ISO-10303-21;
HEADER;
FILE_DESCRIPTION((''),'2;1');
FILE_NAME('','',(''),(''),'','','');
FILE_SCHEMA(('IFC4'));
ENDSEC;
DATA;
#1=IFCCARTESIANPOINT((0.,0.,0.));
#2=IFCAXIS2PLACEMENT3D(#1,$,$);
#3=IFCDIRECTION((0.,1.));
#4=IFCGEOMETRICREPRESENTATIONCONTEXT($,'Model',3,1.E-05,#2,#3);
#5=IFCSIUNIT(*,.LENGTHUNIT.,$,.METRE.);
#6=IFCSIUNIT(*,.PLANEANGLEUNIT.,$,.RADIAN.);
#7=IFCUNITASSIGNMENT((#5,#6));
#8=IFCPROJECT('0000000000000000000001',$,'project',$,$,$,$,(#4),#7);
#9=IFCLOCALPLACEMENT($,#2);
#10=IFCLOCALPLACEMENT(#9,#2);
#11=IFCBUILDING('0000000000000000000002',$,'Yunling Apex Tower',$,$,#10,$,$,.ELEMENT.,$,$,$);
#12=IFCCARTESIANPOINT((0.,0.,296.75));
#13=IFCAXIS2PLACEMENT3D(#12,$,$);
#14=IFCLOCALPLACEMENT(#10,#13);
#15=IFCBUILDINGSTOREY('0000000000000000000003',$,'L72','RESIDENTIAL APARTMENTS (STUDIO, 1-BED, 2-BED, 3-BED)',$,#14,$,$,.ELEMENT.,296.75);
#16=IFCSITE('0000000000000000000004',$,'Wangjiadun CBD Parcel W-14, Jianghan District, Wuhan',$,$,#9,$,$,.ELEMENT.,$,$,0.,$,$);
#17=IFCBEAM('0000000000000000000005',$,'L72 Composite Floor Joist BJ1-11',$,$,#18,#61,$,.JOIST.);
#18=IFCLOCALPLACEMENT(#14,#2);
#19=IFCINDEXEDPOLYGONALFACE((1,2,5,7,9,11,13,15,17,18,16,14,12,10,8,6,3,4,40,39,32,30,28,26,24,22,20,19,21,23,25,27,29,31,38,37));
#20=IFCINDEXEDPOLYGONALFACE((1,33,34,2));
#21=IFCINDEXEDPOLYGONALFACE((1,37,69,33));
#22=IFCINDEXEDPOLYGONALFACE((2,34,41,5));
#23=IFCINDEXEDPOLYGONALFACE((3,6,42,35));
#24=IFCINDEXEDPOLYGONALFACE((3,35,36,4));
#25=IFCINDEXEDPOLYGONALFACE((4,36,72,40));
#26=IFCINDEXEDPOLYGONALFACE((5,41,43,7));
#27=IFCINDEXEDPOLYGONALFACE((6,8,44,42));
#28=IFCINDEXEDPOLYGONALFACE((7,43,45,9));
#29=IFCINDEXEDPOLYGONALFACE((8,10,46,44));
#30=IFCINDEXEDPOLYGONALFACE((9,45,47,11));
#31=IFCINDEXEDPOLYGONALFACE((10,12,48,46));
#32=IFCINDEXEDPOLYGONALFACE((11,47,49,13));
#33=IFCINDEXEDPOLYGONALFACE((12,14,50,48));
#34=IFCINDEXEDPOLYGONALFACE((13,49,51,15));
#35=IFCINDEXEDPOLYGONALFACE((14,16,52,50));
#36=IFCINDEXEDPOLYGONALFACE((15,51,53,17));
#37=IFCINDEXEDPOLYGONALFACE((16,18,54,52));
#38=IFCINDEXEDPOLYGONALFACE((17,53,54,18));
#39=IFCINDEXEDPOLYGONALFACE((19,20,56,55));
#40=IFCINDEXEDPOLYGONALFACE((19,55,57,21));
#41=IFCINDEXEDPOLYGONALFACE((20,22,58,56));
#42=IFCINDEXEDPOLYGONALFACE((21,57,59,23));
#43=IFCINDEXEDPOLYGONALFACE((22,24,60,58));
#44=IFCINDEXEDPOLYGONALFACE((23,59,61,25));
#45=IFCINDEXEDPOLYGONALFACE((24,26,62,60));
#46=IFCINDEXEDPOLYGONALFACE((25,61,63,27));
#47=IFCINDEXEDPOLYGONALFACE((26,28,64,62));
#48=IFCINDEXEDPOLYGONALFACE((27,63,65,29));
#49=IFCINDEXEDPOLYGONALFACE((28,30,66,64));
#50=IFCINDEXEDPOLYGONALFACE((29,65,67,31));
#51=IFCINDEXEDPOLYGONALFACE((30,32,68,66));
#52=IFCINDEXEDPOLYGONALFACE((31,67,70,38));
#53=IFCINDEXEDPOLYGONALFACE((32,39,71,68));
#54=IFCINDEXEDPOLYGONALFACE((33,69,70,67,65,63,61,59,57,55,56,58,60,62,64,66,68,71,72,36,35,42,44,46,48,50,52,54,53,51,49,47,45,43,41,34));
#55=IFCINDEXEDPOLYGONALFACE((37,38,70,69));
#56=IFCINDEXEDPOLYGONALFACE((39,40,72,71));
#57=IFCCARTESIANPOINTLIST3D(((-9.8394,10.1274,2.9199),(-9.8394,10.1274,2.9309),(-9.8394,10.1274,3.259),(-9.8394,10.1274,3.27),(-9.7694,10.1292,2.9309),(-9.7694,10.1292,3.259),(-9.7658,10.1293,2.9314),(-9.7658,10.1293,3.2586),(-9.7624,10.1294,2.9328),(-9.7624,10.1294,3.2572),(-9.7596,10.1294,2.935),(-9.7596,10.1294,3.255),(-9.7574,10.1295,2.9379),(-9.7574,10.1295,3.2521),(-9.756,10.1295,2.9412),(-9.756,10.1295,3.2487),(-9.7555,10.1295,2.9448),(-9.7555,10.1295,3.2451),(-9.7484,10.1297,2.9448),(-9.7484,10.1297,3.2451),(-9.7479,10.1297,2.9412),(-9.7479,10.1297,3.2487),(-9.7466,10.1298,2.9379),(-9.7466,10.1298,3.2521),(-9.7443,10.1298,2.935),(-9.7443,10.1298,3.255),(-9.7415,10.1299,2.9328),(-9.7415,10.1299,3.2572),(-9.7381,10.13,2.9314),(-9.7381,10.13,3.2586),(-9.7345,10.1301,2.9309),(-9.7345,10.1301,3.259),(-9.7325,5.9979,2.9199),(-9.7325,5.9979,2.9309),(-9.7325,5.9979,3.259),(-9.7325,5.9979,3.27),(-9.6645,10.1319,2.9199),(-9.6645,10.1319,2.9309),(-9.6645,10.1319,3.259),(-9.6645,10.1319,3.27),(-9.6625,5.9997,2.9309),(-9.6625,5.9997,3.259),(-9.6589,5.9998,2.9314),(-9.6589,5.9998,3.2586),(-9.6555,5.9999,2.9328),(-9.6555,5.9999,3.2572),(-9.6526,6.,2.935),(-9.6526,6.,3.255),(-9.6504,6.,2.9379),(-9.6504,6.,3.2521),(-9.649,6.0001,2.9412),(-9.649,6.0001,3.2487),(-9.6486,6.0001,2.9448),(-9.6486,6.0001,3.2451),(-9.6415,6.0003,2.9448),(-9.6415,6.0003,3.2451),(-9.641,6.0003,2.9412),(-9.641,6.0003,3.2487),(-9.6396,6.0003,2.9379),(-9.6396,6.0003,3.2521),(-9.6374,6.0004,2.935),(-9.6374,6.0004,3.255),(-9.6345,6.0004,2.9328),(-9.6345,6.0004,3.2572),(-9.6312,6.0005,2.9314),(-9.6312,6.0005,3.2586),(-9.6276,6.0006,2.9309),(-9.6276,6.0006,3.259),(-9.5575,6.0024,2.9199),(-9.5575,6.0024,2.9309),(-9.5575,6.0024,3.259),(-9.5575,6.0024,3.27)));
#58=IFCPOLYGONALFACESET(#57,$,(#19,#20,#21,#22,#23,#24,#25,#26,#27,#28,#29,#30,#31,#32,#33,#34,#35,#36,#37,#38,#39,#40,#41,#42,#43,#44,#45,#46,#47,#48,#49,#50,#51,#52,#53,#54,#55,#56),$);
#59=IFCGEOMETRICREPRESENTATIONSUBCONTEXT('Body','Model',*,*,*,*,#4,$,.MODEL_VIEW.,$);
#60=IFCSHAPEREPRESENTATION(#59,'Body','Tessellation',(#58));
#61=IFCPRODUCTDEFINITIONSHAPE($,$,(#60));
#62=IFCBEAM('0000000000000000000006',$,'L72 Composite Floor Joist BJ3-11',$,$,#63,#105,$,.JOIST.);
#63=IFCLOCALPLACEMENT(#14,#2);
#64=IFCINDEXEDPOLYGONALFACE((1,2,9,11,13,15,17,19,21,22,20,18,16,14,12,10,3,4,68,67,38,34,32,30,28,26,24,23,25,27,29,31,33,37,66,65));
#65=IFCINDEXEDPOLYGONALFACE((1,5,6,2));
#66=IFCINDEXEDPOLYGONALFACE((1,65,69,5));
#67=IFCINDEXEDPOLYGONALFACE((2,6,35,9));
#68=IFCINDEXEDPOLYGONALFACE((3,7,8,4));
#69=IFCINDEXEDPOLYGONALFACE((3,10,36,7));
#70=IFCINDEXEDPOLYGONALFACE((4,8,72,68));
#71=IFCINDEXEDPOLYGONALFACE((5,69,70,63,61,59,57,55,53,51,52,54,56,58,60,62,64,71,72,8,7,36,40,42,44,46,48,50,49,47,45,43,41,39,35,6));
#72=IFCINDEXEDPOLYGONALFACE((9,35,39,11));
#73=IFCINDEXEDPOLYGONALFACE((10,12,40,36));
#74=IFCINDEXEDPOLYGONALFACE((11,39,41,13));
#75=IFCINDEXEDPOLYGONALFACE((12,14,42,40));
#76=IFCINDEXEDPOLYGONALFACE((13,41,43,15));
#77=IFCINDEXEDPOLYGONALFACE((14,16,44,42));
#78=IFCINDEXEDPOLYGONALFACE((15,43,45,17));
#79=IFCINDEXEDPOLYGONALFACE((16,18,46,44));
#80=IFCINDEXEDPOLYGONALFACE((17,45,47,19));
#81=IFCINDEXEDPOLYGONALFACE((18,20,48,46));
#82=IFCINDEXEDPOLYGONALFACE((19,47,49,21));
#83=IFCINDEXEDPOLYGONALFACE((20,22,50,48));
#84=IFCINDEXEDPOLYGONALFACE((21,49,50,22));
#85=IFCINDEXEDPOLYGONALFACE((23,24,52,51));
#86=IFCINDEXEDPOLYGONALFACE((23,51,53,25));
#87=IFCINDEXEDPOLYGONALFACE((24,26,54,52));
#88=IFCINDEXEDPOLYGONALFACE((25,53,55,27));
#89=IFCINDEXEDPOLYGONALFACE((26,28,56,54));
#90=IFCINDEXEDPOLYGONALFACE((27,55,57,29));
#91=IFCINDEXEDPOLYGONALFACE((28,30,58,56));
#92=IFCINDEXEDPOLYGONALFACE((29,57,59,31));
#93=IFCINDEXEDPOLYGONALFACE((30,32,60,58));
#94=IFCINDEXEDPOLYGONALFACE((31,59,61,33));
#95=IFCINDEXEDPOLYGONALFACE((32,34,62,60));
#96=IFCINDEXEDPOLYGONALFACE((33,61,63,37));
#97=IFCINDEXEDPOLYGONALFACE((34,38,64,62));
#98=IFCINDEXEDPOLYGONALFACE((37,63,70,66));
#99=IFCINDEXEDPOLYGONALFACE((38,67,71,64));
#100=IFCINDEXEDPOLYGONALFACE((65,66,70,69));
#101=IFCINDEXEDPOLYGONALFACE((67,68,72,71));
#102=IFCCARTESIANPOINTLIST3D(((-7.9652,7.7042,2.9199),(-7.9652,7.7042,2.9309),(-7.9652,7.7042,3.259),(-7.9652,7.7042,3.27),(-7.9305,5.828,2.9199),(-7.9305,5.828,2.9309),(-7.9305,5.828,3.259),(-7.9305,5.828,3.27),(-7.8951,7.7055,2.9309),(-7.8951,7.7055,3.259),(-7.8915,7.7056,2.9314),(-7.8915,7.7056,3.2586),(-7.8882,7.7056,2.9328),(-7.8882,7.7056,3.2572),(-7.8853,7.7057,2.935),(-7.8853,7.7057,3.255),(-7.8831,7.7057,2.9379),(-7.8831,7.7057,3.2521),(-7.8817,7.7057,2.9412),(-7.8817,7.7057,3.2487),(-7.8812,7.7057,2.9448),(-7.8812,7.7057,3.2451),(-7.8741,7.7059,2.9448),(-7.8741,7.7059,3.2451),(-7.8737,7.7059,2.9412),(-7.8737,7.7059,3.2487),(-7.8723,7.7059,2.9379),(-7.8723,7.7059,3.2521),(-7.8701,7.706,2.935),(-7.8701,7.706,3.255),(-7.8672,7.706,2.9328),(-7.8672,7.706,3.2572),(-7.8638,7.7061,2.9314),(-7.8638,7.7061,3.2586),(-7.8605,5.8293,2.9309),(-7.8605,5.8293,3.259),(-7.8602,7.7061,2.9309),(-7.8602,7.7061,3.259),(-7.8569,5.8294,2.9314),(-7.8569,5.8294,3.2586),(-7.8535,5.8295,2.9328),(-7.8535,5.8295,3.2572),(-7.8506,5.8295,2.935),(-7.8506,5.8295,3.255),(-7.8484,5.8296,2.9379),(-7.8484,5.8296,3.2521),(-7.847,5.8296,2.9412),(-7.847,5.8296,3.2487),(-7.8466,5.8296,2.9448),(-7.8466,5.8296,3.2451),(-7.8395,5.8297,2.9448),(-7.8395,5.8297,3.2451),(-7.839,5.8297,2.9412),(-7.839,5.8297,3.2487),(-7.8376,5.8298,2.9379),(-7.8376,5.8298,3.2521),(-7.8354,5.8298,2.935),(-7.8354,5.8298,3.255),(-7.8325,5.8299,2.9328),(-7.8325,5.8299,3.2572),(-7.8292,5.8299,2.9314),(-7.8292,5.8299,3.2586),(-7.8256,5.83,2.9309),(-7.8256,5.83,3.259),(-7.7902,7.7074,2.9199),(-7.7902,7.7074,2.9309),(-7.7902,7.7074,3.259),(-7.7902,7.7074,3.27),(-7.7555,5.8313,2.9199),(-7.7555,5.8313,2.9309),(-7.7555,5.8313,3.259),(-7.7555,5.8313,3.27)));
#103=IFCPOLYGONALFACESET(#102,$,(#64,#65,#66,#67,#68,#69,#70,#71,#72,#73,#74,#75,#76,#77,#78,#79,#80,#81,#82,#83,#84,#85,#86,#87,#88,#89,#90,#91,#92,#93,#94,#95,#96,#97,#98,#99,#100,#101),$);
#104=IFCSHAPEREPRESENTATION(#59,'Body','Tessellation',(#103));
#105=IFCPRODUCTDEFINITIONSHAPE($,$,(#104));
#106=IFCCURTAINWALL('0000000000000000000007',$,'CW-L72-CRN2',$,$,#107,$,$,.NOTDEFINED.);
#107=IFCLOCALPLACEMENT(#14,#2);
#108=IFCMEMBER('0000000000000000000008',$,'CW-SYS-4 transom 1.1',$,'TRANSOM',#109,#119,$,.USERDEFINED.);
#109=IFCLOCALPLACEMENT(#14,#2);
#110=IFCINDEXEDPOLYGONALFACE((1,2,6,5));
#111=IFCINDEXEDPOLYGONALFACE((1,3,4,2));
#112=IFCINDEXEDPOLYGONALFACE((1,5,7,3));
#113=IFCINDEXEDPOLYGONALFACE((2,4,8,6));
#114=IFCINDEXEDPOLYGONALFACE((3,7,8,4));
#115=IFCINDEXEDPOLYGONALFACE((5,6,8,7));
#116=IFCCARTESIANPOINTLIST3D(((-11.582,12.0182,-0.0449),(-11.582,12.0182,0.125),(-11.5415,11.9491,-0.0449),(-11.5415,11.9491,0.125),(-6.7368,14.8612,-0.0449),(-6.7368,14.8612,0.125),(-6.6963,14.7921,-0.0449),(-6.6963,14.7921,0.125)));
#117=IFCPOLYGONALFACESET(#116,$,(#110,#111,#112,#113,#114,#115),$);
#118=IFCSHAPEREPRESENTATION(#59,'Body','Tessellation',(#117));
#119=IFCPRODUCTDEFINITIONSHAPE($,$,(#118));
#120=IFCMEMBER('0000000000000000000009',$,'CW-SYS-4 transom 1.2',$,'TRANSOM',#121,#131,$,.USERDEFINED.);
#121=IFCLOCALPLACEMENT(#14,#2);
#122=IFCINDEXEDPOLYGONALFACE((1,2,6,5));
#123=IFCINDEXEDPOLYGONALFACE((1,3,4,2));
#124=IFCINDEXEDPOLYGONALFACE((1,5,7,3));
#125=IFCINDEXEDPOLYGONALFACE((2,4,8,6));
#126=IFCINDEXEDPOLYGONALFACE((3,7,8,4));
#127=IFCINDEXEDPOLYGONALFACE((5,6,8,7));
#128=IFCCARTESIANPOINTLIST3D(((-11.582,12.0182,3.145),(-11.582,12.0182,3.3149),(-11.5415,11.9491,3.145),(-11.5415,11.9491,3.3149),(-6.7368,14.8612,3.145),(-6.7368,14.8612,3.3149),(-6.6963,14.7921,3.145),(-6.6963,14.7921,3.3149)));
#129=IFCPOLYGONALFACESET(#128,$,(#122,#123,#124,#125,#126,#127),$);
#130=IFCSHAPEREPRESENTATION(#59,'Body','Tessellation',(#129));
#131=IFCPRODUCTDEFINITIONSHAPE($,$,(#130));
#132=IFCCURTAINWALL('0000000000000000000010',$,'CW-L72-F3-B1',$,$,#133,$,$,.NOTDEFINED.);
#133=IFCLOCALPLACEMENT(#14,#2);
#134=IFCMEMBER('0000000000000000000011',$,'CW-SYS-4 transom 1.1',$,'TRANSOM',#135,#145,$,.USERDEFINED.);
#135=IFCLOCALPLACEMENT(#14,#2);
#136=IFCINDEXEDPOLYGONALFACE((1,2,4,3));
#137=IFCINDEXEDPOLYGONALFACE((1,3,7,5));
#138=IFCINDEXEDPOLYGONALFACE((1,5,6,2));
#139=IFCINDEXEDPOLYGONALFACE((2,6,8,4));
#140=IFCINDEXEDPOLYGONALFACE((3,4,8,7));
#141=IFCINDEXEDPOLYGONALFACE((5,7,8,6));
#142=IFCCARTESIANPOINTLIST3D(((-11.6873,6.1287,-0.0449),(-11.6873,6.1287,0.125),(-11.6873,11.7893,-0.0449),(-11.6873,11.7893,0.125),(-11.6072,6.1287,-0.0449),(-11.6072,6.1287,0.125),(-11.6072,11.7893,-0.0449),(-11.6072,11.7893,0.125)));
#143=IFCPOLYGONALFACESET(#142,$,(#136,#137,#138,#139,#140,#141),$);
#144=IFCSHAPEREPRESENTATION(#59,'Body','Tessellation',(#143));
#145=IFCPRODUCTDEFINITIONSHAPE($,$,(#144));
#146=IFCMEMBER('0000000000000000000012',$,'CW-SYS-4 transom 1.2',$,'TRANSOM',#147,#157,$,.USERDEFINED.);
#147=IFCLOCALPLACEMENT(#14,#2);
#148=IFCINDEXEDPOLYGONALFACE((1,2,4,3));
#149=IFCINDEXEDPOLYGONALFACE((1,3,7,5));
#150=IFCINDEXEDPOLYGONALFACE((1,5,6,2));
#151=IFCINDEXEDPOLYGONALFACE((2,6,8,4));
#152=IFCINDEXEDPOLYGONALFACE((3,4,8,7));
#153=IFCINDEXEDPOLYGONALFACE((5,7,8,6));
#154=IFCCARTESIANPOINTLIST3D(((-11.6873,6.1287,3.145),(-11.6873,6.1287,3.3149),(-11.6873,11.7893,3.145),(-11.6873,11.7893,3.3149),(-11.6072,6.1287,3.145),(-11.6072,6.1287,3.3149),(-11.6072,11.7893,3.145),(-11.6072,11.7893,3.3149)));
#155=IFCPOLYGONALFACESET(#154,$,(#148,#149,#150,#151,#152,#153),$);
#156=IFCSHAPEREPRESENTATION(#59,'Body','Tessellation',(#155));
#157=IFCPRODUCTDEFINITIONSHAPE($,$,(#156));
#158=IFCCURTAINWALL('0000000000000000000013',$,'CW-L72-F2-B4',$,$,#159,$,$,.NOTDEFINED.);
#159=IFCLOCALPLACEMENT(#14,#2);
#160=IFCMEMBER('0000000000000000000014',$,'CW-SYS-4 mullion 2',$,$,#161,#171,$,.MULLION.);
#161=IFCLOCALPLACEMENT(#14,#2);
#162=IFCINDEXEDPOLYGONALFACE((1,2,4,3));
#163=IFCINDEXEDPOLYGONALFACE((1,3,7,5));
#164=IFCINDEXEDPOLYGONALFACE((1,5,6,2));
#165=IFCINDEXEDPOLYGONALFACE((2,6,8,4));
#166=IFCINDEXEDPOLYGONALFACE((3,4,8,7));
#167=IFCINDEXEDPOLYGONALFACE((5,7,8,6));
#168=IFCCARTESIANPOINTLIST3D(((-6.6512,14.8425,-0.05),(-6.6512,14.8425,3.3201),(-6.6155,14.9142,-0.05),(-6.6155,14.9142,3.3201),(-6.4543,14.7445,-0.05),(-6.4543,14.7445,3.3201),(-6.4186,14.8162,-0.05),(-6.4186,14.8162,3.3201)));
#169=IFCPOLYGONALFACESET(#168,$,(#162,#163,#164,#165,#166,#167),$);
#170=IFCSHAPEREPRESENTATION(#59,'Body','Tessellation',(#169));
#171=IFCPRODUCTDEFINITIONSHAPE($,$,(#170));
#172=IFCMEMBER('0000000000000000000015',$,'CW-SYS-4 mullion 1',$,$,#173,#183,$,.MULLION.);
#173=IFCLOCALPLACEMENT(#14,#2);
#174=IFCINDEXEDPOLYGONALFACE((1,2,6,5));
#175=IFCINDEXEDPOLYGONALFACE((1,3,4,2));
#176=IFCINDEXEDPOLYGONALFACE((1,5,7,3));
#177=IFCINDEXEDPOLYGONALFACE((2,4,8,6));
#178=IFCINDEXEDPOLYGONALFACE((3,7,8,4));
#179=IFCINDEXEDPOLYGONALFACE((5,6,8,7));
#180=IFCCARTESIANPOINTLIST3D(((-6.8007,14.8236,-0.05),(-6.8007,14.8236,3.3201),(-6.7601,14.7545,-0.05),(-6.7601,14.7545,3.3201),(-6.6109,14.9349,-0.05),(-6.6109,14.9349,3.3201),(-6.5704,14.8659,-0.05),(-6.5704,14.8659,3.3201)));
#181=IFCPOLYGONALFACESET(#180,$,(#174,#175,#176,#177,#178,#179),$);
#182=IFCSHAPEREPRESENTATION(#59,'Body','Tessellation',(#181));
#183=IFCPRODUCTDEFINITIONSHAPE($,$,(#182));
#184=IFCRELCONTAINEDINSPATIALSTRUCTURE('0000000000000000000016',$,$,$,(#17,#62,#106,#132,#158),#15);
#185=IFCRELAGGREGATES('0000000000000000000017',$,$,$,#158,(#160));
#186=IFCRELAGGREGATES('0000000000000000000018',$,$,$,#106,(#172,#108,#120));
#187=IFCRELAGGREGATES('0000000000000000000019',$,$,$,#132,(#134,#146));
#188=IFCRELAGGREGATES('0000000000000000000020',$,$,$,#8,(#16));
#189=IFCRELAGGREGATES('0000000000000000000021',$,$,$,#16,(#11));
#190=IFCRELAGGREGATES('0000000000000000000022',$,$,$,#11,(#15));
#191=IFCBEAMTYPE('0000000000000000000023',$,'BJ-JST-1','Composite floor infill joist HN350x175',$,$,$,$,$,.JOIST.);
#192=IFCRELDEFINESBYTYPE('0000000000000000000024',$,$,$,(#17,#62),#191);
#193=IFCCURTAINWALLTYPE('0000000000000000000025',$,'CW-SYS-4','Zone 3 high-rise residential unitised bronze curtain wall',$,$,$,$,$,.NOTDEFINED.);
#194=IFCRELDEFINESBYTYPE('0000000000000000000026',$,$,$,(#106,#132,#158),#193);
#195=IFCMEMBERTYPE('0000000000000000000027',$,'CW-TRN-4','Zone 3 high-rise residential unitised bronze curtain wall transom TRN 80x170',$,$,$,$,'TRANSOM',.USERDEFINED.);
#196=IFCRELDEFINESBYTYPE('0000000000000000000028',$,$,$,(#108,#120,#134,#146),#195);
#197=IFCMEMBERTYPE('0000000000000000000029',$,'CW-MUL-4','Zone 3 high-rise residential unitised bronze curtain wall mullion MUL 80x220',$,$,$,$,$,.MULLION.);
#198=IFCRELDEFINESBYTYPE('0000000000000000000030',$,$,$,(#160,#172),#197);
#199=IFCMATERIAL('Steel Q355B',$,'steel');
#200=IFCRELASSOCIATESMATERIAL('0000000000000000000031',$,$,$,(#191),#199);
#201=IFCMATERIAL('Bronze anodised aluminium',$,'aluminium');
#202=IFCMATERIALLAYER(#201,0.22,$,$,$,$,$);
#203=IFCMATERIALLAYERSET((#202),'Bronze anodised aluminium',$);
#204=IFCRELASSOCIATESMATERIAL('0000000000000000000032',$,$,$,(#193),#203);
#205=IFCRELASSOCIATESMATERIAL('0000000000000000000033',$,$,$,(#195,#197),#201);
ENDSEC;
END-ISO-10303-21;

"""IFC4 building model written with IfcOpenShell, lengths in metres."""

from ifc_helpers import new_model, si_unit, direction, frame, origin, origin_2d, place, context, subcontext, project, spatial, rectangle, i_section, extrude, source, transform, mapped, material, layer, layer_set, material_profile, profile_set, type_object, element, aggregate, save


model = new_model("IFC4")

# Units and contexts
model_context = context("Model", 3, precision=1e-05, world=origin(), true_north=direction((0.0, 1.0)))
body_context = subcontext(model_context, "Body", "Model", "MODEL_VIEW")
ifc_project = project(units=[si_unit("LENGTHUNIT", "METRE"), si_unit("PLANEANGLEUNIT", "RADIAN")], contexts=[model_context])

# Site, building, storey
site_placement = place(None, origin())
site = spatial("IfcSite", under=ifc_project, at=site_placement, Name="Wangjiadun CBD Parcel W-14, Jianghan District, Wuhan", CompositionType="ELEMENT", RefElevation=0.0)
building_placement = place(site_placement, origin())
building = spatial("IfcBuilding", under=site, at=building_placement, Name="Yunling Apex Tower", CompositionType="ELEMENT")
storey_placement = place(building_placement, frame((0.0, 0.0, 296.75)))
storey = spatial("IfcBuildingStorey", under=building, at=storey_placement, Name="L72", Description="RESIDENTIAL APARTMENTS (STUDIO, 1-BED, 2-BED, 3-BED)", CompositionType="ELEMENT", Elevation=296.75)

# Shared definitions
ifc_material_1 = material(Name="Steel Q355B", Category="steel")

# Beams
ifc_material_profile_1 = material_profile(ifc_material_1, i_section(OverallWidth=0.175, OverallDepth=0.3501, WebThickness=0.0071, FlangeThickness=0.011, FilletRadius=0.0139, at=origin_2d()))
ifc_profile_set_1 = profile_set([ifc_material_profile_1], Name="Steel Q355B")
beam_type_1 = type_object("IfcBeamType", Name="BJ-JST-1", Description="Composite floor infill joist HN350x175", PredefinedType="JOIST", material=ifc_profile_set_1)
shared_shape_1 = source(origin(), body_context, "Body", "SweptSolid", [
    extrude(i_section(OverallWidth=0.175, OverallDepth=0.3501, WebThickness=0.0071, FlangeThickness=0.011, FilletRadius=0.0139, at=origin_2d()), origin(), (0.0, 0.0, 1.0), 4.1309),
])
beam_1_placement = place(storey_placement, frame((-9.752, 10.1296, 3.095), z_axis=(0.025887, -0.999665, 0.0), x_axis=(0.999665, 0.025887, 0.0)))
element("IfcBeam", 1, at=beam_1_placement, inside=storey, type_object=beam_type_1, Name="L72 Composite Floor Joist BJ1-11", PredefinedType="JOIST", context=body_context, shape_type="MappedRepresentation", body=[
    mapped(shared_shape_1, transform((0.0, 0.0, 0.0), scale=1.0)),
])
shared_shape_2 = source(origin(), body_context, "Body", "SweptSolid", [
    extrude(i_section(OverallWidth=0.175, OverallDepth=0.3501, WebThickness=0.0071, FlangeThickness=0.011, FilletRadius=0.0139, at=origin_2d()), origin(), (0.0, 0.0, 1.0), 1.8765),
])
beam_2_placement = place(storey_placement, frame((-7.8777, 7.7058, 3.095), z_axis=(0.018474, -0.999829, 0.0), x_axis=(0.999829, 0.018474, 0.0)))
element("IfcBeam", 2, at=beam_2_placement, inside=storey, type_object=beam_type_1, Name="L72 Composite Floor Joist BJ3-11", PredefinedType="JOIST", context=body_context, shape_type="MappedRepresentation", body=[
    mapped(shared_shape_2, transform((0.0, 0.0, 0.0), scale=1.0)),
])

# Curtain walls, members
ifc_material_2 = material(Name="Bronze anodised aluminium", Category="aluminium")
ifc_layer_1 = layer(ifc_material_2, 0.22)
ifc_layer_set_1 = layer_set([ifc_layer_1], Name="Bronze anodised aluminium")
curtain_wall_type = type_object("IfcCurtainWallType", Name="CW-SYS-4", Description="Zone 3 high-rise residential unitised bronze curtain wall", PredefinedType="NOTDEFINED", material=ifc_layer_set_1)
curtain_wall_1_placement = place(storey_placement, origin())
curtain_wall_1 = element("IfcCurtainWall", 3, at=curtain_wall_1_placement, inside=storey, type_object=curtain_wall_type, Name="CW-L72-CRN2", PredefinedType="NOTDEFINED")
ifc_material_profile_2 = material_profile(ifc_material_2, rectangle(XDim=0.0801, YDim=0.1699, at=origin_2d()))
ifc_profile_set_2 = profile_set([ifc_material_profile_2], Name="Bronze anodised aluminium")
member_type_1 = type_object("IfcMemberType", Name="CW-TRN-4", Description="Zone 3 high-rise residential unitised bronze curtain wall transom TRN 80x170", ElementType="TRANSOM", PredefinedType="USERDEFINED", material=ifc_profile_set_2)
shared_shape_3 = source(origin(), body_context, "Body", "SweptSolid", [
    extrude(rectangle(XDim=0.0801, YDim=0.1699, at=origin_2d()), origin(), (0.0, 0.0, 1.0), 5.6177),
])
member_1_placement = place(storey_placement, frame((-6.7166, 14.8267, 0.04), z_axis=(-0.862487, -0.50608, 0.0), x_axis=(0.50608, -0.862487, 0.0)))
member_1 = element("IfcMember", 4, at=member_1_placement, type_object=member_type_1, Name="CW-SYS-4 transom 1.1", ObjectType="TRANSOM", PredefinedType="USERDEFINED", context=body_context, shape_type="MappedRepresentation", body=[
    mapped(shared_shape_3, transform((0.0, 0.0, 0.0), scale=1.0)),
])
member_2_placement = place(storey_placement, frame((-6.7166, 14.8267, 3.23), z_axis=(-0.862487, -0.50608, 0.0), x_axis=(0.50608, -0.862487, 0.0)))
member_2 = element("IfcMember", 5, at=member_2_placement, type_object=member_type_1, Name="CW-SYS-4 transom 1.2", ObjectType="TRANSOM", PredefinedType="USERDEFINED", context=body_context, shape_type="MappedRepresentation", body=[
    mapped(shared_shape_3, transform((0.0, 0.0, 0.0), scale=1.0)),
])
curtain_wall_2_placement = place(storey_placement, origin())
curtain_wall_2 = element("IfcCurtainWall", 6, at=curtain_wall_2_placement, inside=storey, type_object=curtain_wall_type, Name="CW-L72-F3-B1", PredefinedType="NOTDEFINED")
shared_shape_4 = source(origin(), body_context, "Body", "SweptSolid", [
    extrude(rectangle(XDim=0.0801, YDim=0.1699, at=origin_2d()), origin(), (0.0, 0.0, 1.0), 5.6606),
])
member_3_placement = place(storey_placement, frame((-11.6472, 11.7893, 0.04), z_axis=(0.0, -1.0, 0.0), x_axis=(1.0, 0.0, 0.0)))
member_3 = element("IfcMember", 7, at=member_3_placement, type_object=member_type_1, Name="CW-SYS-4 transom 1.1", ObjectType="TRANSOM", PredefinedType="USERDEFINED", context=body_context, shape_type="MappedRepresentation", body=[
    mapped(shared_shape_4, transform((0.0, 0.0, 0.0), scale=1.0)),
])
member_4_placement = place(storey_placement, frame((-11.6472, 11.7893, 3.23), z_axis=(0.0, -1.0, 0.0), x_axis=(1.0, 0.0, 0.0)))
member_4 = element("IfcMember", 8, at=member_4_placement, type_object=member_type_1, Name="CW-SYS-4 transom 1.2", ObjectType="TRANSOM", PredefinedType="USERDEFINED", context=body_context, shape_type="MappedRepresentation", body=[
    mapped(shared_shape_4, transform((0.0, 0.0, 0.0), scale=1.0)),
])

# Curtain wall, member
curtain_wall_3_placement = place(storey_placement, origin())
curtain_wall_3 = element("IfcCurtainWall", 9, at=curtain_wall_3_placement, inside=storey, type_object=curtain_wall_type, Name="CW-L72-F2-B4", PredefinedType="NOTDEFINED")
ifc_material_profile_3 = material_profile(ifc_material_2, rectangle(XDim=0.0801, YDim=0.22, at=origin_2d()))
ifc_profile_set_3 = profile_set([ifc_material_profile_3], Name="Bronze anodised aluminium")
member_type_2 = type_object("IfcMemberType", Name="CW-MUL-4", Description="Zone 3 high-rise residential unitised bronze curtain wall mullion MUL 80x220", PredefinedType="MULLION", material=ifc_profile_set_3)
shared_shape_5 = source(origin(), body_context, "Body", "SweptSolid", [
    extrude(rectangle(XDim=0.0801, YDim=0.22, at=origin_2d()), origin(), (0.0, 0.0, 1.0), 3.3701),
])
member_5_placement = place(storey_placement, frame((-6.5349, 14.8293, -0.05), z_axis=(0.0, 0.0, 1.0), x_axis=(-0.445568, -0.895248, 0.0)))
member_5 = element("IfcMember", 10, at=member_5_placement, type_object=member_type_2, Name="CW-SYS-4 mullion 2", PredefinedType="MULLION", context=body_context, shape_type="MappedRepresentation", body=[
    mapped(shared_shape_5, transform((0.0, 0.0, 0.0), scale=1.0)),
])

# Member
member_6_placement = place(storey_placement, frame((-6.6855, 14.8447, -0.05), z_axis=(0.0, 0.0, 1.0), x_axis=(0.506057, -0.8625, 0.0)))
member_6 = element("IfcMember", 11, at=member_6_placement, type_object=member_type_2, Name="CW-SYS-4 mullion 1", PredefinedType="MULLION", context=body_context, shape_type="MappedRepresentation", body=[
    mapped(shared_shape_5, transform((0.0, 0.0, 0.0), scale=1.0)),
])

aggregate(curtain_wall_3, [member_5])
aggregate(curtain_wall_1, [member_6, member_1, member_2])
aggregate(curtain_wall_2, [member_3, member_4])

save(model, "model.ifc")
